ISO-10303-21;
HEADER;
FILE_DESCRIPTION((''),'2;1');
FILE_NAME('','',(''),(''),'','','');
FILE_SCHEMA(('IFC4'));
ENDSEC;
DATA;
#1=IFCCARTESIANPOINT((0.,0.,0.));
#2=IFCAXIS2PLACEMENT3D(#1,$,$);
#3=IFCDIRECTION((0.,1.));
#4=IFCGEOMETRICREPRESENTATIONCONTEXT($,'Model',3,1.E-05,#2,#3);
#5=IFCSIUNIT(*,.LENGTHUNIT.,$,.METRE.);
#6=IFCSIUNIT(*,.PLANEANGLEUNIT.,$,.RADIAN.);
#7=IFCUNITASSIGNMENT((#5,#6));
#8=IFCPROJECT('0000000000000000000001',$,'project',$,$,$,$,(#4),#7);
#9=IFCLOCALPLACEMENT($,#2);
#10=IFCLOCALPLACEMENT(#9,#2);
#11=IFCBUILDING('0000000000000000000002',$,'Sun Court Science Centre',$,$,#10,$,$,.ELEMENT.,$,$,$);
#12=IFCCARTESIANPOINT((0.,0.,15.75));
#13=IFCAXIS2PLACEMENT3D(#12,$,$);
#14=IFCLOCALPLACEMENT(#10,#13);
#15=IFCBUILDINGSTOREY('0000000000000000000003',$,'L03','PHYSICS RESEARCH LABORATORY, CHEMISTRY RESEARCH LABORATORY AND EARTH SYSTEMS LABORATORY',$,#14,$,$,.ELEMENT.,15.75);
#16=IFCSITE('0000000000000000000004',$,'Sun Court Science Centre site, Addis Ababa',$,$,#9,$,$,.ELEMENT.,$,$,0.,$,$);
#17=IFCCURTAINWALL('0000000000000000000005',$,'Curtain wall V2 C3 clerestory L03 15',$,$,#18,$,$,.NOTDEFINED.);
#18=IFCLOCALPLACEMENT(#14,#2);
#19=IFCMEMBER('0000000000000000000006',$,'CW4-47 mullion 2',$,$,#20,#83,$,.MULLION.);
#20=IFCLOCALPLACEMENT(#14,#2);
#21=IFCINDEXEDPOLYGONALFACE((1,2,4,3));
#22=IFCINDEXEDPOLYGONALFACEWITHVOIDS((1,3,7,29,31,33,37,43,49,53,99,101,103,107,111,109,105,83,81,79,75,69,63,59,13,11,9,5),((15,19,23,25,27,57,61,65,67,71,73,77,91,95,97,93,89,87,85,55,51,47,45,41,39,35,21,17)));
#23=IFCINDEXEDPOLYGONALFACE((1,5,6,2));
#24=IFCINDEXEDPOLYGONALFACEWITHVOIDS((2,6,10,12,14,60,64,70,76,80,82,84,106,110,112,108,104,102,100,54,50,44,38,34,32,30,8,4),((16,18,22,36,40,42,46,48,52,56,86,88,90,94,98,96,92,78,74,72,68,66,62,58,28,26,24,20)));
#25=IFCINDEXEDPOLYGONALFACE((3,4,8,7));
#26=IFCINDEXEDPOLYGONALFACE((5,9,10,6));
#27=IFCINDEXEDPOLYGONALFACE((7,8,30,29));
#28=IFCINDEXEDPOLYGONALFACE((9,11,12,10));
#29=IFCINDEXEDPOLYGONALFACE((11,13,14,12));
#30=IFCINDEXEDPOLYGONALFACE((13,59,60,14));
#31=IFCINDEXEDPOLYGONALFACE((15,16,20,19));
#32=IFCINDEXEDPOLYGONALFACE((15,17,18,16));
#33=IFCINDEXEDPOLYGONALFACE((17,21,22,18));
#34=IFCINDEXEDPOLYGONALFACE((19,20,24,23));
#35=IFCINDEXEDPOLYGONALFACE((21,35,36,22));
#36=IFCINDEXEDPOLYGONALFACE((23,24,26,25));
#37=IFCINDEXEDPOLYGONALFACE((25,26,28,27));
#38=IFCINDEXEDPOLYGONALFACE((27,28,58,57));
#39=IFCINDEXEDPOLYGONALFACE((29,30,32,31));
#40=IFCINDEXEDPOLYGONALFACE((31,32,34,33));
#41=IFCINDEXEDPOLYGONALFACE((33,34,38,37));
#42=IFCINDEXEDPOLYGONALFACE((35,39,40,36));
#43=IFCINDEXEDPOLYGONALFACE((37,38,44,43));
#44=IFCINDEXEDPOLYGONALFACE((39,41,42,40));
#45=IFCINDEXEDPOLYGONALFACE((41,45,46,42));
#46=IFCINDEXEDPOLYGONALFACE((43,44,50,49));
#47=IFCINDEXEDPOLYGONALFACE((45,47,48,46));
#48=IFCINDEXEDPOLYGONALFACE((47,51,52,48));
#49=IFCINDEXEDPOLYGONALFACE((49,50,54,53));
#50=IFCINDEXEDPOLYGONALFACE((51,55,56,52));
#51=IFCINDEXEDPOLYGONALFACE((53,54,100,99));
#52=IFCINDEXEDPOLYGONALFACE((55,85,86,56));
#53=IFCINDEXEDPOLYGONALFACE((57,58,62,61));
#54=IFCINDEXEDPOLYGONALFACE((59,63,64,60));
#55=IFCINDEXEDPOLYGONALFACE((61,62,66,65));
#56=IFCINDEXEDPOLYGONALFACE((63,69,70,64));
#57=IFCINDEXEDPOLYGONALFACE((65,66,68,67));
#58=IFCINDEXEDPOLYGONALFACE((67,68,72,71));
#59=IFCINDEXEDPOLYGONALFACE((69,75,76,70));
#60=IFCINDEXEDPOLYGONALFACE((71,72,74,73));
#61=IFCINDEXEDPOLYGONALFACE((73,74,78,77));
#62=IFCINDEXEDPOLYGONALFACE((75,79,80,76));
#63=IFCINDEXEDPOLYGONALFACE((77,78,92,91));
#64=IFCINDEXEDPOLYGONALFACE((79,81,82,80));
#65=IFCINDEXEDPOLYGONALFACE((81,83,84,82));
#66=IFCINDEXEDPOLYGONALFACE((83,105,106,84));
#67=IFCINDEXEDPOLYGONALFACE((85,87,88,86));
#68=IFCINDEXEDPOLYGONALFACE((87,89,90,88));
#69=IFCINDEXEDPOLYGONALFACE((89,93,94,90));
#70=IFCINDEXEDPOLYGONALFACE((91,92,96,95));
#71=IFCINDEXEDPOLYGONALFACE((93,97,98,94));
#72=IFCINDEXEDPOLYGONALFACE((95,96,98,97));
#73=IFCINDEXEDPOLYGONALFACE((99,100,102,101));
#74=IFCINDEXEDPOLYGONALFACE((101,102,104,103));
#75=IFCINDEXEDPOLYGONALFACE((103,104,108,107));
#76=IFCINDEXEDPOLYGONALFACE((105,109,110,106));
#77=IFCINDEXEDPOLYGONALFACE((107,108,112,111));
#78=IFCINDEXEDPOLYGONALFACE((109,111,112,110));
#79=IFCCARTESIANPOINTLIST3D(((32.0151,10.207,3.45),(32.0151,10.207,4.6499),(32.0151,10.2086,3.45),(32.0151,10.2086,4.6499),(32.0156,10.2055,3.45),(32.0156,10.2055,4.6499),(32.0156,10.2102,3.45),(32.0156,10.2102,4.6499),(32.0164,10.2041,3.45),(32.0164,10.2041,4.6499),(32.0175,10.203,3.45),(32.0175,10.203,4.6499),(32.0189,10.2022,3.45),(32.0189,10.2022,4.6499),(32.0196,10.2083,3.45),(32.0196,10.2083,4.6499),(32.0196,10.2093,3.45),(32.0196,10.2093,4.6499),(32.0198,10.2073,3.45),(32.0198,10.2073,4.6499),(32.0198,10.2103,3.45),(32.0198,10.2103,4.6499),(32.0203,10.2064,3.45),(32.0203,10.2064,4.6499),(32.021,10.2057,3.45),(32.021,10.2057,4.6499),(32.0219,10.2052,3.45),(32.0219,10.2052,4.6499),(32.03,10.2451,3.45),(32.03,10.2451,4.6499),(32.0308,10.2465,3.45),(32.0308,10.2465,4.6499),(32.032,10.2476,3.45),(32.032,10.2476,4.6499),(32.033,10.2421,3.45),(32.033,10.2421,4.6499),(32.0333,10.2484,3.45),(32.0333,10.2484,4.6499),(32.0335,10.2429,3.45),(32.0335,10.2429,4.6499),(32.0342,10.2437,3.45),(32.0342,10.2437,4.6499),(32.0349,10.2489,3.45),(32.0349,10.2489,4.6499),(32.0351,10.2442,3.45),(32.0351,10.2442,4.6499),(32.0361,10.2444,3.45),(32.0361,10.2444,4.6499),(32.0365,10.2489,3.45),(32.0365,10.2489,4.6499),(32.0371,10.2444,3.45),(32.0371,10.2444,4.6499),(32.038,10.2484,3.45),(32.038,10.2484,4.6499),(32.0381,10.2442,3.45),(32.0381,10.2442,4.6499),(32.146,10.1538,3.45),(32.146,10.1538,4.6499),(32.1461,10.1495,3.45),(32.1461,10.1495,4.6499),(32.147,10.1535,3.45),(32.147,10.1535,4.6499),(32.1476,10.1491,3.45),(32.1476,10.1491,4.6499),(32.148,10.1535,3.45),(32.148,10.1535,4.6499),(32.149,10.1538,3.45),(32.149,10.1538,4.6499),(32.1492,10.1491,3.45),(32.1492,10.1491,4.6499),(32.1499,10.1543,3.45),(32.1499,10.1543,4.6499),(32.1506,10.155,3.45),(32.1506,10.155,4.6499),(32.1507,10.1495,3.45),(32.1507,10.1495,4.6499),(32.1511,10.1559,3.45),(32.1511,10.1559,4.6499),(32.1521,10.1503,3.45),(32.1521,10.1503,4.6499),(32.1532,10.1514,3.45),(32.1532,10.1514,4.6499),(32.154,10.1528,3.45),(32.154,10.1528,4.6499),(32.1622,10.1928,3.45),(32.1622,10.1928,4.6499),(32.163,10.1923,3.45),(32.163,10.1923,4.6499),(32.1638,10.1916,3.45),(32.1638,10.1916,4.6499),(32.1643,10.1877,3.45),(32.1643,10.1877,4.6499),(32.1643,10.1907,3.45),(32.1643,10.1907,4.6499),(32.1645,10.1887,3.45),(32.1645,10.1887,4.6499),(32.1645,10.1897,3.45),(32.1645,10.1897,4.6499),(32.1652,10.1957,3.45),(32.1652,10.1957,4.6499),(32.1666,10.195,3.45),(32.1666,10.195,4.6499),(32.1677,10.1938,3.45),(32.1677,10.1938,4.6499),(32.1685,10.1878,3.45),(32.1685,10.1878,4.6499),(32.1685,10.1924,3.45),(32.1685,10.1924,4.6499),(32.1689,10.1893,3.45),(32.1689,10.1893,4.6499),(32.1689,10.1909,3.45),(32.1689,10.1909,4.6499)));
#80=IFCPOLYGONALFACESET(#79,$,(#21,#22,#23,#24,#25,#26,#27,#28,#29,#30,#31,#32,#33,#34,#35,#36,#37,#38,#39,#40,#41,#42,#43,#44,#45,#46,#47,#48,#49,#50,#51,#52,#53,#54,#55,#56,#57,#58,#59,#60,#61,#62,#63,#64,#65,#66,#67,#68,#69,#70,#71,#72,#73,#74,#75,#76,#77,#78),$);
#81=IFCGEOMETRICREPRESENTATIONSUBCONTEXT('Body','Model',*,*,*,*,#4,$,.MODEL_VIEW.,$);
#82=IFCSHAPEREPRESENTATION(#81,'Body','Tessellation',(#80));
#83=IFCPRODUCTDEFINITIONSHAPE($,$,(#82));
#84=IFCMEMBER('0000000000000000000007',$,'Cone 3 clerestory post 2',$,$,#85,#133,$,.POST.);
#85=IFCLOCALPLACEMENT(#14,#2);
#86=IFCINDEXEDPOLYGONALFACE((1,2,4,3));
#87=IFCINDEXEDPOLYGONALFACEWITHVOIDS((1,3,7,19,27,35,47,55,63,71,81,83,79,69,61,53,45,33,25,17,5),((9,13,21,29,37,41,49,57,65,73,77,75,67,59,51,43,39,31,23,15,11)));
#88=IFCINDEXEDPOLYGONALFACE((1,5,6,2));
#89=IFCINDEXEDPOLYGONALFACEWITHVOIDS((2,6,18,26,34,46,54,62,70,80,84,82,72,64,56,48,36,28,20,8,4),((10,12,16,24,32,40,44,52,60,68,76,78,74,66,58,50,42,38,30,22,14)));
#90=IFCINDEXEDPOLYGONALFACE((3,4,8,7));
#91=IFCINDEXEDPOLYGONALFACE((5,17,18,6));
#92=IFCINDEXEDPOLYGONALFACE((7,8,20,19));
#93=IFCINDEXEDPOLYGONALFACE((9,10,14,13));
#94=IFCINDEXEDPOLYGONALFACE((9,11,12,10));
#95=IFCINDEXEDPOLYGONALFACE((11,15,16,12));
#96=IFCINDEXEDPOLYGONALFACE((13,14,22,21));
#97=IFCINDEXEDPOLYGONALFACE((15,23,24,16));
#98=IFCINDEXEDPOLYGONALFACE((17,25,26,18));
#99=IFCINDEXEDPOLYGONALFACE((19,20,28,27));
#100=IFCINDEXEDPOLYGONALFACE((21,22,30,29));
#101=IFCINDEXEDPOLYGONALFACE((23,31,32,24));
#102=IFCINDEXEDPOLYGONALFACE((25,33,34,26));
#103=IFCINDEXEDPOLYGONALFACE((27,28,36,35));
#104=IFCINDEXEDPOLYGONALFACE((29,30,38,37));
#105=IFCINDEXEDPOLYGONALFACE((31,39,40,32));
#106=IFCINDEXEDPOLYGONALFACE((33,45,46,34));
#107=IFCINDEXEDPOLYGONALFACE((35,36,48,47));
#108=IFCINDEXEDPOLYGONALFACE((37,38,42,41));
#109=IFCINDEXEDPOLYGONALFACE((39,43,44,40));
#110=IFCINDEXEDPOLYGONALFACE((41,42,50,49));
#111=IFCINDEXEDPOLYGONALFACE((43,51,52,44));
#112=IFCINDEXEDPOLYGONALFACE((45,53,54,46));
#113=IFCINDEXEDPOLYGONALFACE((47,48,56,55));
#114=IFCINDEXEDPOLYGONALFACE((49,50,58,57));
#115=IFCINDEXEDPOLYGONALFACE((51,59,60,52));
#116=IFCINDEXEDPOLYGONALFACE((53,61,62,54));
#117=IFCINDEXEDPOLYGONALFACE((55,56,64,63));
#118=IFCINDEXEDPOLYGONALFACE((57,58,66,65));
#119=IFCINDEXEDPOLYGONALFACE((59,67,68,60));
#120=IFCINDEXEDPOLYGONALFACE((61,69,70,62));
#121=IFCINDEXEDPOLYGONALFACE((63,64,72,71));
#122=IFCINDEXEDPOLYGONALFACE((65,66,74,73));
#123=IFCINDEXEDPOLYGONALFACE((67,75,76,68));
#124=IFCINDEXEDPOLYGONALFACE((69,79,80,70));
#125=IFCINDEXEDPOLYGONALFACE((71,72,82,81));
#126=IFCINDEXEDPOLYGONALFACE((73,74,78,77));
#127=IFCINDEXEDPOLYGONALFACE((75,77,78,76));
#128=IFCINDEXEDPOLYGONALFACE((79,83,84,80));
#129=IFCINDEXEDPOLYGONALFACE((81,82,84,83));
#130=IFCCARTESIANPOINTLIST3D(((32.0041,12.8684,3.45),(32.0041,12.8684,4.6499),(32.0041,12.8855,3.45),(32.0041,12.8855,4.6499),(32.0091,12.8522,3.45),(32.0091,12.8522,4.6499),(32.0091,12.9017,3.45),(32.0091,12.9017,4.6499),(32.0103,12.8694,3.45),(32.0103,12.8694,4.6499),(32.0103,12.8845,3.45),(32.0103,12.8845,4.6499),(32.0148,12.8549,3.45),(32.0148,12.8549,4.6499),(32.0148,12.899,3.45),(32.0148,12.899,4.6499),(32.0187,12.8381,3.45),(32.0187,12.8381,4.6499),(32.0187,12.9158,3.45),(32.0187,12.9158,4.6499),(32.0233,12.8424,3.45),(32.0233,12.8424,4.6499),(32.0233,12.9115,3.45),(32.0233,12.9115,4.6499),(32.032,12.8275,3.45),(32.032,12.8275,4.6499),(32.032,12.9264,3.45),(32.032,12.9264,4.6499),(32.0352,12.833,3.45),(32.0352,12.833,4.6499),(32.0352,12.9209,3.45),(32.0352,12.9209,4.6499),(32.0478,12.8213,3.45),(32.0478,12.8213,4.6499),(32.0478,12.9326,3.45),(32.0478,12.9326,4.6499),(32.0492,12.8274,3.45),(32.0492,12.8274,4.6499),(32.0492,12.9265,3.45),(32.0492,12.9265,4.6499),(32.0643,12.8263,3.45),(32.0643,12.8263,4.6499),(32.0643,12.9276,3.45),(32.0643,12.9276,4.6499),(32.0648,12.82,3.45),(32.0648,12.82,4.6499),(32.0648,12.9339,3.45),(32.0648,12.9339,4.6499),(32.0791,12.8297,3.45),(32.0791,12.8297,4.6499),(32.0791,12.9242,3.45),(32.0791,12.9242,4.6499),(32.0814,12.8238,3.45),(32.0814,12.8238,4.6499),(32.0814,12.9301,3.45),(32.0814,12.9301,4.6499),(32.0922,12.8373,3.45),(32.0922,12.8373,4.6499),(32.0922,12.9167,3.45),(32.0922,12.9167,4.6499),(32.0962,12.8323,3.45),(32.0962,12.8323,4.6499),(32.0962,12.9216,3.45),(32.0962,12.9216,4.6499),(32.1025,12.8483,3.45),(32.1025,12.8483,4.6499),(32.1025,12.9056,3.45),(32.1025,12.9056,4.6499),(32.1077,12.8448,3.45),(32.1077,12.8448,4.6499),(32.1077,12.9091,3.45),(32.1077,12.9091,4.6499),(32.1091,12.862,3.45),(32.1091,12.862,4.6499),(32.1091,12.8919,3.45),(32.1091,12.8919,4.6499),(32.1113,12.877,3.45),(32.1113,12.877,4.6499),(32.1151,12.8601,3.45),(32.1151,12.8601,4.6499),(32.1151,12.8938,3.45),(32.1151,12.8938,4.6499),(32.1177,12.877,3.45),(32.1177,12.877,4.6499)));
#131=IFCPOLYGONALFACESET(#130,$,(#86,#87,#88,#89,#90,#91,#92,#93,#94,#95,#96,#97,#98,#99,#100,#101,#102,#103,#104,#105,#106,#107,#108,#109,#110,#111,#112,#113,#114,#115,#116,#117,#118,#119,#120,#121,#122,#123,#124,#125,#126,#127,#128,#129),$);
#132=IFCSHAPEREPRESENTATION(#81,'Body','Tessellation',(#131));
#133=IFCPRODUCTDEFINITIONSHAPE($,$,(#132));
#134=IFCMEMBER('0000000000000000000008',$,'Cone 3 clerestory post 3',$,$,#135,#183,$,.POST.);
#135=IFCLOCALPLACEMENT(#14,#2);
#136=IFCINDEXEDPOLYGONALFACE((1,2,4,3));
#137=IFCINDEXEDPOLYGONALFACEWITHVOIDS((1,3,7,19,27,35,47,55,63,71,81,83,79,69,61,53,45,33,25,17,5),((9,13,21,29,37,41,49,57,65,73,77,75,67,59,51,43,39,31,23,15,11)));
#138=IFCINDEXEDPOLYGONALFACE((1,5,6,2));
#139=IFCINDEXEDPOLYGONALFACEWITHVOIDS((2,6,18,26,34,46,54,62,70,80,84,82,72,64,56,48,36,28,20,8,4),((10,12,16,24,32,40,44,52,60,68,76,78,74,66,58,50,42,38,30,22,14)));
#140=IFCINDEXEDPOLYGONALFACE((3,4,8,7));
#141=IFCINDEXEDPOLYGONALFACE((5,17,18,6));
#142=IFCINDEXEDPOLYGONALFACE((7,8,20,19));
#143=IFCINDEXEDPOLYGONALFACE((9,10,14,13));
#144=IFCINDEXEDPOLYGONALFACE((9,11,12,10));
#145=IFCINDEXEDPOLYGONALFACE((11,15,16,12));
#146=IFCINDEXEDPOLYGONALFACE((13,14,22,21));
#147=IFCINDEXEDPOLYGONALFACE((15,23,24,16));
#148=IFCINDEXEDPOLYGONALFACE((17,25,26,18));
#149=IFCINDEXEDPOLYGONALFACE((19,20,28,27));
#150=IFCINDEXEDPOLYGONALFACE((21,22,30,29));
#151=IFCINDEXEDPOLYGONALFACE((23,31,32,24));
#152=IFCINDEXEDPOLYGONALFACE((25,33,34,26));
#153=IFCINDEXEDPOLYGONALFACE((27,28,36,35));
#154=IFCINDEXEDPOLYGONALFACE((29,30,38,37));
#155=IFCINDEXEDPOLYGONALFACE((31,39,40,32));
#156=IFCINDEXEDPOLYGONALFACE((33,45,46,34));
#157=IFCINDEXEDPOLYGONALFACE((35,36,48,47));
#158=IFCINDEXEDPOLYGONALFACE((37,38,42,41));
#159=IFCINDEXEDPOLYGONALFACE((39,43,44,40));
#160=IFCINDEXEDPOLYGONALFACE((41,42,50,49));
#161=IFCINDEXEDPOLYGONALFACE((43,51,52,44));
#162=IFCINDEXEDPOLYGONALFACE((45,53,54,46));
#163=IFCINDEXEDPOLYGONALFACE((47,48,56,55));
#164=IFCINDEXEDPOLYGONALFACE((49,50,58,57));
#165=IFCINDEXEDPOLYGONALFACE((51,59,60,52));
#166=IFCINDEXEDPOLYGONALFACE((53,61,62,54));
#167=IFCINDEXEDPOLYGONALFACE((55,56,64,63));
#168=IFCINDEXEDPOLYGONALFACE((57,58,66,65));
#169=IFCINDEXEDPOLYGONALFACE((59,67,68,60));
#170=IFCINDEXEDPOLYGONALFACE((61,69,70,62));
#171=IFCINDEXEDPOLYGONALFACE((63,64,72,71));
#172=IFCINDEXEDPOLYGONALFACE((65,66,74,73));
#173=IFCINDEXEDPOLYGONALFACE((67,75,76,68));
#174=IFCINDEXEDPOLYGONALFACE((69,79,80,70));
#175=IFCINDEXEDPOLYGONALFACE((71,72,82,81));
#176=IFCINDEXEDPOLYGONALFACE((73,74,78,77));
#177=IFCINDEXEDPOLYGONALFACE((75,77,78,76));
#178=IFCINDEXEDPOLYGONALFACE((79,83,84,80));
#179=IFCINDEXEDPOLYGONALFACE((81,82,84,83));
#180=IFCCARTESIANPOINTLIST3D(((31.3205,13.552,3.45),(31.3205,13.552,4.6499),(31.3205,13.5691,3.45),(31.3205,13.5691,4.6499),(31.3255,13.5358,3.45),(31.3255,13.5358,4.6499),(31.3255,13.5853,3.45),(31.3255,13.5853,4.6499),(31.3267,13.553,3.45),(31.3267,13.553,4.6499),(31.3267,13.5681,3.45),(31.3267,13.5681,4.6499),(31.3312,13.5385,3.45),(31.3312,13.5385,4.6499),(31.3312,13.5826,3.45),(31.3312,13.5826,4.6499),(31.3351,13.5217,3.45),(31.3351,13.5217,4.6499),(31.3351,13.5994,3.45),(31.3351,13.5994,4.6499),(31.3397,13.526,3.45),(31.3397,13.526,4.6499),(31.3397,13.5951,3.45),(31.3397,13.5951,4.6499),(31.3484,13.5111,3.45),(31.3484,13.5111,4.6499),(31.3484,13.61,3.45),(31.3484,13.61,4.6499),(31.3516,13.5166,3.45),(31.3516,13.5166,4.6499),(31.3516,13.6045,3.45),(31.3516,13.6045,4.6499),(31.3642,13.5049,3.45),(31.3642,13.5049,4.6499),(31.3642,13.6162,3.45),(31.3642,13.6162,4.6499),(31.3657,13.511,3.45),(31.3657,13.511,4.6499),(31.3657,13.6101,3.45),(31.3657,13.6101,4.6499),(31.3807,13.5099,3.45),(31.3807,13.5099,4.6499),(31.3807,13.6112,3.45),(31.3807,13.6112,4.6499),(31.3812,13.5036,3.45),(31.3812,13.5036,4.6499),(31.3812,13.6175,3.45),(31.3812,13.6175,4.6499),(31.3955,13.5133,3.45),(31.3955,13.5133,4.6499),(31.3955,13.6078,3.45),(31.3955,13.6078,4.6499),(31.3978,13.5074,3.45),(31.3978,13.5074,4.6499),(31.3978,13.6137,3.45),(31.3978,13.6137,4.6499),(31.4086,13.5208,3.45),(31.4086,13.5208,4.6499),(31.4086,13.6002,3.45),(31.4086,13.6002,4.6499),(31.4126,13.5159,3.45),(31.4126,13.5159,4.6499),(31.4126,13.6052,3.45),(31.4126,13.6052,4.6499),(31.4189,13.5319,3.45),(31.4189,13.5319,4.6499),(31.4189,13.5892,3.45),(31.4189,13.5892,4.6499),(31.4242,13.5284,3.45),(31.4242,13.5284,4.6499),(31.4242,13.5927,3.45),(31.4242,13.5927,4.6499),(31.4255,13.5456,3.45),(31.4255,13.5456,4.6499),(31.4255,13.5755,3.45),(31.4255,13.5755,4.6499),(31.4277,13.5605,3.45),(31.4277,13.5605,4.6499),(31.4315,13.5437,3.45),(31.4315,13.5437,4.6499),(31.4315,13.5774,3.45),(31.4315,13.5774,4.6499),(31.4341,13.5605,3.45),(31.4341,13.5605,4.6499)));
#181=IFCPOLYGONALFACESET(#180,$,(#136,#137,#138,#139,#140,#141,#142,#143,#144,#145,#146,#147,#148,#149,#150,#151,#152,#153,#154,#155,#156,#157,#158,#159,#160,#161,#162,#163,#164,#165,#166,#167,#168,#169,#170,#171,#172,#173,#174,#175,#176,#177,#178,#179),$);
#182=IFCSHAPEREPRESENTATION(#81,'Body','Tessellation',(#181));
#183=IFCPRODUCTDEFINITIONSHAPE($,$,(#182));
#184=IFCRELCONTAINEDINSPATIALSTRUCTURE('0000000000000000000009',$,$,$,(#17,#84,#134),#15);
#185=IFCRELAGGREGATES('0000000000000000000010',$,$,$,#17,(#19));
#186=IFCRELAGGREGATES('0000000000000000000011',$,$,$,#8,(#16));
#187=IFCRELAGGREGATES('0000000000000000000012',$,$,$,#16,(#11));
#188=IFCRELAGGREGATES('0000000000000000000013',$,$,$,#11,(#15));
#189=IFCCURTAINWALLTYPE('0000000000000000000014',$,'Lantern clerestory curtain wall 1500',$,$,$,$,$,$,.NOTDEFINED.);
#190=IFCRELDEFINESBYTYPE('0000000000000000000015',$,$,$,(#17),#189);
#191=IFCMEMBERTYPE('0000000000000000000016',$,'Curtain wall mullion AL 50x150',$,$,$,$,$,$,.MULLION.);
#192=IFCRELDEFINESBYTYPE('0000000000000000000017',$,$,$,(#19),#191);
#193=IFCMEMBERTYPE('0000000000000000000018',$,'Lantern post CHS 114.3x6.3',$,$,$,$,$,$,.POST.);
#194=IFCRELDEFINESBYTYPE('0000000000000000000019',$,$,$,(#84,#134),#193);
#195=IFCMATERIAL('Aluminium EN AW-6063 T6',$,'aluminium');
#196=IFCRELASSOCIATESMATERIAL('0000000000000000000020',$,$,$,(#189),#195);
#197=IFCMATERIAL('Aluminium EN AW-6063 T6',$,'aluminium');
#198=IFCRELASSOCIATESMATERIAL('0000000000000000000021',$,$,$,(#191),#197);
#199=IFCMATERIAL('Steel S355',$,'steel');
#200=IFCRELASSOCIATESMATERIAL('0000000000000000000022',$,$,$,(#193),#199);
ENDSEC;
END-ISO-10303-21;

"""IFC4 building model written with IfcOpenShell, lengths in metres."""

from ifc_helpers import new_model, si_unit, direction, frame, origin, origin_2d, place, context, subcontext, project, spatial, hollow_rectangle, hollow_circle, extrude, material, material_profile, profile_set, type_object, element, aggregate, save


model = new_model("IFC4")

# Units and contexts
model_context = context("Model", 3, precision=1e-05, world=origin(), true_north=direction((0.0, 1.0)))
body_context = subcontext(model_context, "Body", "Model", "MODEL_VIEW")
ifc_project = project(units=[si_unit("LENGTHUNIT", "METRE"), si_unit("PLANEANGLEUNIT", "RADIAN")], contexts=[model_context])

# Site, building, storey
site_placement = place(None, origin())
site = spatial("IfcSite", under=ifc_project, at=site_placement, Name="Sun Court Science Centre site, Addis Ababa", CompositionType="ELEMENT", RefElevation=0.0)
building_placement = place(site_placement, origin())
building = spatial("IfcBuilding", under=site, at=building_placement, Name="Sun Court Science Centre", CompositionType="ELEMENT")
storey_placement = place(building_placement, frame((0.0, 0.0, 15.75)))
storey = spatial("IfcBuildingStorey", under=building, at=storey_placement, Name="L03", Description="PHYSICS RESEARCH LABORATORY, CHEMISTRY RESEARCH LABORATORY AND EARTH SYSTEMS LABORATORY", CompositionType="ELEMENT", Elevation=15.75)

# Shared definitions
ifc_material_1 = material(Name="Aluminium EN AW-6063 T6", Category="aluminium")
curtain_wall_type = type_object("IfcCurtainWallType", Name="Lantern clerestory curtain wall 1500", PredefinedType="NOTDEFINED", material=ifc_material_1)
ifc_material_2 = material(Name="Aluminium EN AW-6063 T6", Category="aluminium")
ifc_material_profile_1 = material_profile(ifc_material_2, hollow_rectangle(XDim=0.05, YDim=0.1499, WallThickness=0.0039, InnerFilletRadius=0.0039, OuterFilletRadius=0.0061, at=origin_2d()), Name="AL 50x150x4")
ifc_profile_set_1 = profile_set([ifc_material_profile_1], Name="Aluminium EN AW-6063 T6")
member_type_1 = type_object("IfcMemberType", Name="Curtain wall mullion AL 50x150", PredefinedType="MULLION", material=ifc_profile_set_1)

# Curtain wall, member
curtain_wall_1_placement = place(storey_placement, origin())
curtain_wall_1 = element("IfcCurtainWall", 1, at=curtain_wall_1_placement, inside=storey, type_object=curtain_wall_type, Name="Curtain wall V2 C3 clerestory L03 15", PredefinedType="NOTDEFINED")
member_1_placement = place(storey_placement, frame((32.092, 10.199, 3.45), z_axis=(0.0, 0.0, 1.0), x_axis=(-0.382683, -0.92388, 0.0)))
member_1 = element("IfcMember", 2, at=member_1_placement, type_object=member_type_1, Name="CW4-47 mullion 2", PredefinedType="MULLION", context=body_context, shape_type="SweptSolid", body=[
    extrude(hollow_rectangle(XDim=0.05, YDim=0.1499, WallThickness=0.0039, InnerFilletRadius=0.0039, OuterFilletRadius=0.0061, at=origin_2d()), origin(), (0.0, 0.0, 1.0), 1.2),
])
aggregate(curtain_wall_1, [member_1])

# Members
ifc_material_3 = material(Name="Steel S355", Category="steel")
ifc_material_profile_2 = material_profile(ifc_material_3, hollow_circle(Radius=0.0571, WallThickness=0.0063, at=origin_2d()), Name="CHS 114.3x6.3")
ifc_profile_set_2 = profile_set([ifc_material_profile_2], Name="Steel S355")
member_type_2 = type_object("IfcMemberType", Name="Lantern post CHS 114.3x6.3", PredefinedType="POST", material=ifc_profile_set_2)
for number, where, z_axis, x_axis, name in (
    (3, (32.0605, 12.877, 3.45), (0.0, 0.0, 1.0), (1.0, 0.0, 0.0), "Cone 3 clerestory post 2"),
    (4, (31.377, 13.5605, 3.45), (0.0, 0.0, 1.0), (1.0, 0.0, 0.0), "Cone 3 clerestory post 3"),
):
    element("IfcMember", number, at=place(storey_placement, frame(where, z_axis=z_axis, x_axis=x_axis)), inside=storey, type_object=member_type_2, Name=name, PredefinedType="POST", context=body_context, shape_type="SweptSolid", body=[
        extrude(hollow_circle(Radius=0.0571, WallThickness=0.0063, at=origin_2d()), origin(), (0.0, 0.0, 1.0), 1.2),
    ])

save(model, "model.ifc")
